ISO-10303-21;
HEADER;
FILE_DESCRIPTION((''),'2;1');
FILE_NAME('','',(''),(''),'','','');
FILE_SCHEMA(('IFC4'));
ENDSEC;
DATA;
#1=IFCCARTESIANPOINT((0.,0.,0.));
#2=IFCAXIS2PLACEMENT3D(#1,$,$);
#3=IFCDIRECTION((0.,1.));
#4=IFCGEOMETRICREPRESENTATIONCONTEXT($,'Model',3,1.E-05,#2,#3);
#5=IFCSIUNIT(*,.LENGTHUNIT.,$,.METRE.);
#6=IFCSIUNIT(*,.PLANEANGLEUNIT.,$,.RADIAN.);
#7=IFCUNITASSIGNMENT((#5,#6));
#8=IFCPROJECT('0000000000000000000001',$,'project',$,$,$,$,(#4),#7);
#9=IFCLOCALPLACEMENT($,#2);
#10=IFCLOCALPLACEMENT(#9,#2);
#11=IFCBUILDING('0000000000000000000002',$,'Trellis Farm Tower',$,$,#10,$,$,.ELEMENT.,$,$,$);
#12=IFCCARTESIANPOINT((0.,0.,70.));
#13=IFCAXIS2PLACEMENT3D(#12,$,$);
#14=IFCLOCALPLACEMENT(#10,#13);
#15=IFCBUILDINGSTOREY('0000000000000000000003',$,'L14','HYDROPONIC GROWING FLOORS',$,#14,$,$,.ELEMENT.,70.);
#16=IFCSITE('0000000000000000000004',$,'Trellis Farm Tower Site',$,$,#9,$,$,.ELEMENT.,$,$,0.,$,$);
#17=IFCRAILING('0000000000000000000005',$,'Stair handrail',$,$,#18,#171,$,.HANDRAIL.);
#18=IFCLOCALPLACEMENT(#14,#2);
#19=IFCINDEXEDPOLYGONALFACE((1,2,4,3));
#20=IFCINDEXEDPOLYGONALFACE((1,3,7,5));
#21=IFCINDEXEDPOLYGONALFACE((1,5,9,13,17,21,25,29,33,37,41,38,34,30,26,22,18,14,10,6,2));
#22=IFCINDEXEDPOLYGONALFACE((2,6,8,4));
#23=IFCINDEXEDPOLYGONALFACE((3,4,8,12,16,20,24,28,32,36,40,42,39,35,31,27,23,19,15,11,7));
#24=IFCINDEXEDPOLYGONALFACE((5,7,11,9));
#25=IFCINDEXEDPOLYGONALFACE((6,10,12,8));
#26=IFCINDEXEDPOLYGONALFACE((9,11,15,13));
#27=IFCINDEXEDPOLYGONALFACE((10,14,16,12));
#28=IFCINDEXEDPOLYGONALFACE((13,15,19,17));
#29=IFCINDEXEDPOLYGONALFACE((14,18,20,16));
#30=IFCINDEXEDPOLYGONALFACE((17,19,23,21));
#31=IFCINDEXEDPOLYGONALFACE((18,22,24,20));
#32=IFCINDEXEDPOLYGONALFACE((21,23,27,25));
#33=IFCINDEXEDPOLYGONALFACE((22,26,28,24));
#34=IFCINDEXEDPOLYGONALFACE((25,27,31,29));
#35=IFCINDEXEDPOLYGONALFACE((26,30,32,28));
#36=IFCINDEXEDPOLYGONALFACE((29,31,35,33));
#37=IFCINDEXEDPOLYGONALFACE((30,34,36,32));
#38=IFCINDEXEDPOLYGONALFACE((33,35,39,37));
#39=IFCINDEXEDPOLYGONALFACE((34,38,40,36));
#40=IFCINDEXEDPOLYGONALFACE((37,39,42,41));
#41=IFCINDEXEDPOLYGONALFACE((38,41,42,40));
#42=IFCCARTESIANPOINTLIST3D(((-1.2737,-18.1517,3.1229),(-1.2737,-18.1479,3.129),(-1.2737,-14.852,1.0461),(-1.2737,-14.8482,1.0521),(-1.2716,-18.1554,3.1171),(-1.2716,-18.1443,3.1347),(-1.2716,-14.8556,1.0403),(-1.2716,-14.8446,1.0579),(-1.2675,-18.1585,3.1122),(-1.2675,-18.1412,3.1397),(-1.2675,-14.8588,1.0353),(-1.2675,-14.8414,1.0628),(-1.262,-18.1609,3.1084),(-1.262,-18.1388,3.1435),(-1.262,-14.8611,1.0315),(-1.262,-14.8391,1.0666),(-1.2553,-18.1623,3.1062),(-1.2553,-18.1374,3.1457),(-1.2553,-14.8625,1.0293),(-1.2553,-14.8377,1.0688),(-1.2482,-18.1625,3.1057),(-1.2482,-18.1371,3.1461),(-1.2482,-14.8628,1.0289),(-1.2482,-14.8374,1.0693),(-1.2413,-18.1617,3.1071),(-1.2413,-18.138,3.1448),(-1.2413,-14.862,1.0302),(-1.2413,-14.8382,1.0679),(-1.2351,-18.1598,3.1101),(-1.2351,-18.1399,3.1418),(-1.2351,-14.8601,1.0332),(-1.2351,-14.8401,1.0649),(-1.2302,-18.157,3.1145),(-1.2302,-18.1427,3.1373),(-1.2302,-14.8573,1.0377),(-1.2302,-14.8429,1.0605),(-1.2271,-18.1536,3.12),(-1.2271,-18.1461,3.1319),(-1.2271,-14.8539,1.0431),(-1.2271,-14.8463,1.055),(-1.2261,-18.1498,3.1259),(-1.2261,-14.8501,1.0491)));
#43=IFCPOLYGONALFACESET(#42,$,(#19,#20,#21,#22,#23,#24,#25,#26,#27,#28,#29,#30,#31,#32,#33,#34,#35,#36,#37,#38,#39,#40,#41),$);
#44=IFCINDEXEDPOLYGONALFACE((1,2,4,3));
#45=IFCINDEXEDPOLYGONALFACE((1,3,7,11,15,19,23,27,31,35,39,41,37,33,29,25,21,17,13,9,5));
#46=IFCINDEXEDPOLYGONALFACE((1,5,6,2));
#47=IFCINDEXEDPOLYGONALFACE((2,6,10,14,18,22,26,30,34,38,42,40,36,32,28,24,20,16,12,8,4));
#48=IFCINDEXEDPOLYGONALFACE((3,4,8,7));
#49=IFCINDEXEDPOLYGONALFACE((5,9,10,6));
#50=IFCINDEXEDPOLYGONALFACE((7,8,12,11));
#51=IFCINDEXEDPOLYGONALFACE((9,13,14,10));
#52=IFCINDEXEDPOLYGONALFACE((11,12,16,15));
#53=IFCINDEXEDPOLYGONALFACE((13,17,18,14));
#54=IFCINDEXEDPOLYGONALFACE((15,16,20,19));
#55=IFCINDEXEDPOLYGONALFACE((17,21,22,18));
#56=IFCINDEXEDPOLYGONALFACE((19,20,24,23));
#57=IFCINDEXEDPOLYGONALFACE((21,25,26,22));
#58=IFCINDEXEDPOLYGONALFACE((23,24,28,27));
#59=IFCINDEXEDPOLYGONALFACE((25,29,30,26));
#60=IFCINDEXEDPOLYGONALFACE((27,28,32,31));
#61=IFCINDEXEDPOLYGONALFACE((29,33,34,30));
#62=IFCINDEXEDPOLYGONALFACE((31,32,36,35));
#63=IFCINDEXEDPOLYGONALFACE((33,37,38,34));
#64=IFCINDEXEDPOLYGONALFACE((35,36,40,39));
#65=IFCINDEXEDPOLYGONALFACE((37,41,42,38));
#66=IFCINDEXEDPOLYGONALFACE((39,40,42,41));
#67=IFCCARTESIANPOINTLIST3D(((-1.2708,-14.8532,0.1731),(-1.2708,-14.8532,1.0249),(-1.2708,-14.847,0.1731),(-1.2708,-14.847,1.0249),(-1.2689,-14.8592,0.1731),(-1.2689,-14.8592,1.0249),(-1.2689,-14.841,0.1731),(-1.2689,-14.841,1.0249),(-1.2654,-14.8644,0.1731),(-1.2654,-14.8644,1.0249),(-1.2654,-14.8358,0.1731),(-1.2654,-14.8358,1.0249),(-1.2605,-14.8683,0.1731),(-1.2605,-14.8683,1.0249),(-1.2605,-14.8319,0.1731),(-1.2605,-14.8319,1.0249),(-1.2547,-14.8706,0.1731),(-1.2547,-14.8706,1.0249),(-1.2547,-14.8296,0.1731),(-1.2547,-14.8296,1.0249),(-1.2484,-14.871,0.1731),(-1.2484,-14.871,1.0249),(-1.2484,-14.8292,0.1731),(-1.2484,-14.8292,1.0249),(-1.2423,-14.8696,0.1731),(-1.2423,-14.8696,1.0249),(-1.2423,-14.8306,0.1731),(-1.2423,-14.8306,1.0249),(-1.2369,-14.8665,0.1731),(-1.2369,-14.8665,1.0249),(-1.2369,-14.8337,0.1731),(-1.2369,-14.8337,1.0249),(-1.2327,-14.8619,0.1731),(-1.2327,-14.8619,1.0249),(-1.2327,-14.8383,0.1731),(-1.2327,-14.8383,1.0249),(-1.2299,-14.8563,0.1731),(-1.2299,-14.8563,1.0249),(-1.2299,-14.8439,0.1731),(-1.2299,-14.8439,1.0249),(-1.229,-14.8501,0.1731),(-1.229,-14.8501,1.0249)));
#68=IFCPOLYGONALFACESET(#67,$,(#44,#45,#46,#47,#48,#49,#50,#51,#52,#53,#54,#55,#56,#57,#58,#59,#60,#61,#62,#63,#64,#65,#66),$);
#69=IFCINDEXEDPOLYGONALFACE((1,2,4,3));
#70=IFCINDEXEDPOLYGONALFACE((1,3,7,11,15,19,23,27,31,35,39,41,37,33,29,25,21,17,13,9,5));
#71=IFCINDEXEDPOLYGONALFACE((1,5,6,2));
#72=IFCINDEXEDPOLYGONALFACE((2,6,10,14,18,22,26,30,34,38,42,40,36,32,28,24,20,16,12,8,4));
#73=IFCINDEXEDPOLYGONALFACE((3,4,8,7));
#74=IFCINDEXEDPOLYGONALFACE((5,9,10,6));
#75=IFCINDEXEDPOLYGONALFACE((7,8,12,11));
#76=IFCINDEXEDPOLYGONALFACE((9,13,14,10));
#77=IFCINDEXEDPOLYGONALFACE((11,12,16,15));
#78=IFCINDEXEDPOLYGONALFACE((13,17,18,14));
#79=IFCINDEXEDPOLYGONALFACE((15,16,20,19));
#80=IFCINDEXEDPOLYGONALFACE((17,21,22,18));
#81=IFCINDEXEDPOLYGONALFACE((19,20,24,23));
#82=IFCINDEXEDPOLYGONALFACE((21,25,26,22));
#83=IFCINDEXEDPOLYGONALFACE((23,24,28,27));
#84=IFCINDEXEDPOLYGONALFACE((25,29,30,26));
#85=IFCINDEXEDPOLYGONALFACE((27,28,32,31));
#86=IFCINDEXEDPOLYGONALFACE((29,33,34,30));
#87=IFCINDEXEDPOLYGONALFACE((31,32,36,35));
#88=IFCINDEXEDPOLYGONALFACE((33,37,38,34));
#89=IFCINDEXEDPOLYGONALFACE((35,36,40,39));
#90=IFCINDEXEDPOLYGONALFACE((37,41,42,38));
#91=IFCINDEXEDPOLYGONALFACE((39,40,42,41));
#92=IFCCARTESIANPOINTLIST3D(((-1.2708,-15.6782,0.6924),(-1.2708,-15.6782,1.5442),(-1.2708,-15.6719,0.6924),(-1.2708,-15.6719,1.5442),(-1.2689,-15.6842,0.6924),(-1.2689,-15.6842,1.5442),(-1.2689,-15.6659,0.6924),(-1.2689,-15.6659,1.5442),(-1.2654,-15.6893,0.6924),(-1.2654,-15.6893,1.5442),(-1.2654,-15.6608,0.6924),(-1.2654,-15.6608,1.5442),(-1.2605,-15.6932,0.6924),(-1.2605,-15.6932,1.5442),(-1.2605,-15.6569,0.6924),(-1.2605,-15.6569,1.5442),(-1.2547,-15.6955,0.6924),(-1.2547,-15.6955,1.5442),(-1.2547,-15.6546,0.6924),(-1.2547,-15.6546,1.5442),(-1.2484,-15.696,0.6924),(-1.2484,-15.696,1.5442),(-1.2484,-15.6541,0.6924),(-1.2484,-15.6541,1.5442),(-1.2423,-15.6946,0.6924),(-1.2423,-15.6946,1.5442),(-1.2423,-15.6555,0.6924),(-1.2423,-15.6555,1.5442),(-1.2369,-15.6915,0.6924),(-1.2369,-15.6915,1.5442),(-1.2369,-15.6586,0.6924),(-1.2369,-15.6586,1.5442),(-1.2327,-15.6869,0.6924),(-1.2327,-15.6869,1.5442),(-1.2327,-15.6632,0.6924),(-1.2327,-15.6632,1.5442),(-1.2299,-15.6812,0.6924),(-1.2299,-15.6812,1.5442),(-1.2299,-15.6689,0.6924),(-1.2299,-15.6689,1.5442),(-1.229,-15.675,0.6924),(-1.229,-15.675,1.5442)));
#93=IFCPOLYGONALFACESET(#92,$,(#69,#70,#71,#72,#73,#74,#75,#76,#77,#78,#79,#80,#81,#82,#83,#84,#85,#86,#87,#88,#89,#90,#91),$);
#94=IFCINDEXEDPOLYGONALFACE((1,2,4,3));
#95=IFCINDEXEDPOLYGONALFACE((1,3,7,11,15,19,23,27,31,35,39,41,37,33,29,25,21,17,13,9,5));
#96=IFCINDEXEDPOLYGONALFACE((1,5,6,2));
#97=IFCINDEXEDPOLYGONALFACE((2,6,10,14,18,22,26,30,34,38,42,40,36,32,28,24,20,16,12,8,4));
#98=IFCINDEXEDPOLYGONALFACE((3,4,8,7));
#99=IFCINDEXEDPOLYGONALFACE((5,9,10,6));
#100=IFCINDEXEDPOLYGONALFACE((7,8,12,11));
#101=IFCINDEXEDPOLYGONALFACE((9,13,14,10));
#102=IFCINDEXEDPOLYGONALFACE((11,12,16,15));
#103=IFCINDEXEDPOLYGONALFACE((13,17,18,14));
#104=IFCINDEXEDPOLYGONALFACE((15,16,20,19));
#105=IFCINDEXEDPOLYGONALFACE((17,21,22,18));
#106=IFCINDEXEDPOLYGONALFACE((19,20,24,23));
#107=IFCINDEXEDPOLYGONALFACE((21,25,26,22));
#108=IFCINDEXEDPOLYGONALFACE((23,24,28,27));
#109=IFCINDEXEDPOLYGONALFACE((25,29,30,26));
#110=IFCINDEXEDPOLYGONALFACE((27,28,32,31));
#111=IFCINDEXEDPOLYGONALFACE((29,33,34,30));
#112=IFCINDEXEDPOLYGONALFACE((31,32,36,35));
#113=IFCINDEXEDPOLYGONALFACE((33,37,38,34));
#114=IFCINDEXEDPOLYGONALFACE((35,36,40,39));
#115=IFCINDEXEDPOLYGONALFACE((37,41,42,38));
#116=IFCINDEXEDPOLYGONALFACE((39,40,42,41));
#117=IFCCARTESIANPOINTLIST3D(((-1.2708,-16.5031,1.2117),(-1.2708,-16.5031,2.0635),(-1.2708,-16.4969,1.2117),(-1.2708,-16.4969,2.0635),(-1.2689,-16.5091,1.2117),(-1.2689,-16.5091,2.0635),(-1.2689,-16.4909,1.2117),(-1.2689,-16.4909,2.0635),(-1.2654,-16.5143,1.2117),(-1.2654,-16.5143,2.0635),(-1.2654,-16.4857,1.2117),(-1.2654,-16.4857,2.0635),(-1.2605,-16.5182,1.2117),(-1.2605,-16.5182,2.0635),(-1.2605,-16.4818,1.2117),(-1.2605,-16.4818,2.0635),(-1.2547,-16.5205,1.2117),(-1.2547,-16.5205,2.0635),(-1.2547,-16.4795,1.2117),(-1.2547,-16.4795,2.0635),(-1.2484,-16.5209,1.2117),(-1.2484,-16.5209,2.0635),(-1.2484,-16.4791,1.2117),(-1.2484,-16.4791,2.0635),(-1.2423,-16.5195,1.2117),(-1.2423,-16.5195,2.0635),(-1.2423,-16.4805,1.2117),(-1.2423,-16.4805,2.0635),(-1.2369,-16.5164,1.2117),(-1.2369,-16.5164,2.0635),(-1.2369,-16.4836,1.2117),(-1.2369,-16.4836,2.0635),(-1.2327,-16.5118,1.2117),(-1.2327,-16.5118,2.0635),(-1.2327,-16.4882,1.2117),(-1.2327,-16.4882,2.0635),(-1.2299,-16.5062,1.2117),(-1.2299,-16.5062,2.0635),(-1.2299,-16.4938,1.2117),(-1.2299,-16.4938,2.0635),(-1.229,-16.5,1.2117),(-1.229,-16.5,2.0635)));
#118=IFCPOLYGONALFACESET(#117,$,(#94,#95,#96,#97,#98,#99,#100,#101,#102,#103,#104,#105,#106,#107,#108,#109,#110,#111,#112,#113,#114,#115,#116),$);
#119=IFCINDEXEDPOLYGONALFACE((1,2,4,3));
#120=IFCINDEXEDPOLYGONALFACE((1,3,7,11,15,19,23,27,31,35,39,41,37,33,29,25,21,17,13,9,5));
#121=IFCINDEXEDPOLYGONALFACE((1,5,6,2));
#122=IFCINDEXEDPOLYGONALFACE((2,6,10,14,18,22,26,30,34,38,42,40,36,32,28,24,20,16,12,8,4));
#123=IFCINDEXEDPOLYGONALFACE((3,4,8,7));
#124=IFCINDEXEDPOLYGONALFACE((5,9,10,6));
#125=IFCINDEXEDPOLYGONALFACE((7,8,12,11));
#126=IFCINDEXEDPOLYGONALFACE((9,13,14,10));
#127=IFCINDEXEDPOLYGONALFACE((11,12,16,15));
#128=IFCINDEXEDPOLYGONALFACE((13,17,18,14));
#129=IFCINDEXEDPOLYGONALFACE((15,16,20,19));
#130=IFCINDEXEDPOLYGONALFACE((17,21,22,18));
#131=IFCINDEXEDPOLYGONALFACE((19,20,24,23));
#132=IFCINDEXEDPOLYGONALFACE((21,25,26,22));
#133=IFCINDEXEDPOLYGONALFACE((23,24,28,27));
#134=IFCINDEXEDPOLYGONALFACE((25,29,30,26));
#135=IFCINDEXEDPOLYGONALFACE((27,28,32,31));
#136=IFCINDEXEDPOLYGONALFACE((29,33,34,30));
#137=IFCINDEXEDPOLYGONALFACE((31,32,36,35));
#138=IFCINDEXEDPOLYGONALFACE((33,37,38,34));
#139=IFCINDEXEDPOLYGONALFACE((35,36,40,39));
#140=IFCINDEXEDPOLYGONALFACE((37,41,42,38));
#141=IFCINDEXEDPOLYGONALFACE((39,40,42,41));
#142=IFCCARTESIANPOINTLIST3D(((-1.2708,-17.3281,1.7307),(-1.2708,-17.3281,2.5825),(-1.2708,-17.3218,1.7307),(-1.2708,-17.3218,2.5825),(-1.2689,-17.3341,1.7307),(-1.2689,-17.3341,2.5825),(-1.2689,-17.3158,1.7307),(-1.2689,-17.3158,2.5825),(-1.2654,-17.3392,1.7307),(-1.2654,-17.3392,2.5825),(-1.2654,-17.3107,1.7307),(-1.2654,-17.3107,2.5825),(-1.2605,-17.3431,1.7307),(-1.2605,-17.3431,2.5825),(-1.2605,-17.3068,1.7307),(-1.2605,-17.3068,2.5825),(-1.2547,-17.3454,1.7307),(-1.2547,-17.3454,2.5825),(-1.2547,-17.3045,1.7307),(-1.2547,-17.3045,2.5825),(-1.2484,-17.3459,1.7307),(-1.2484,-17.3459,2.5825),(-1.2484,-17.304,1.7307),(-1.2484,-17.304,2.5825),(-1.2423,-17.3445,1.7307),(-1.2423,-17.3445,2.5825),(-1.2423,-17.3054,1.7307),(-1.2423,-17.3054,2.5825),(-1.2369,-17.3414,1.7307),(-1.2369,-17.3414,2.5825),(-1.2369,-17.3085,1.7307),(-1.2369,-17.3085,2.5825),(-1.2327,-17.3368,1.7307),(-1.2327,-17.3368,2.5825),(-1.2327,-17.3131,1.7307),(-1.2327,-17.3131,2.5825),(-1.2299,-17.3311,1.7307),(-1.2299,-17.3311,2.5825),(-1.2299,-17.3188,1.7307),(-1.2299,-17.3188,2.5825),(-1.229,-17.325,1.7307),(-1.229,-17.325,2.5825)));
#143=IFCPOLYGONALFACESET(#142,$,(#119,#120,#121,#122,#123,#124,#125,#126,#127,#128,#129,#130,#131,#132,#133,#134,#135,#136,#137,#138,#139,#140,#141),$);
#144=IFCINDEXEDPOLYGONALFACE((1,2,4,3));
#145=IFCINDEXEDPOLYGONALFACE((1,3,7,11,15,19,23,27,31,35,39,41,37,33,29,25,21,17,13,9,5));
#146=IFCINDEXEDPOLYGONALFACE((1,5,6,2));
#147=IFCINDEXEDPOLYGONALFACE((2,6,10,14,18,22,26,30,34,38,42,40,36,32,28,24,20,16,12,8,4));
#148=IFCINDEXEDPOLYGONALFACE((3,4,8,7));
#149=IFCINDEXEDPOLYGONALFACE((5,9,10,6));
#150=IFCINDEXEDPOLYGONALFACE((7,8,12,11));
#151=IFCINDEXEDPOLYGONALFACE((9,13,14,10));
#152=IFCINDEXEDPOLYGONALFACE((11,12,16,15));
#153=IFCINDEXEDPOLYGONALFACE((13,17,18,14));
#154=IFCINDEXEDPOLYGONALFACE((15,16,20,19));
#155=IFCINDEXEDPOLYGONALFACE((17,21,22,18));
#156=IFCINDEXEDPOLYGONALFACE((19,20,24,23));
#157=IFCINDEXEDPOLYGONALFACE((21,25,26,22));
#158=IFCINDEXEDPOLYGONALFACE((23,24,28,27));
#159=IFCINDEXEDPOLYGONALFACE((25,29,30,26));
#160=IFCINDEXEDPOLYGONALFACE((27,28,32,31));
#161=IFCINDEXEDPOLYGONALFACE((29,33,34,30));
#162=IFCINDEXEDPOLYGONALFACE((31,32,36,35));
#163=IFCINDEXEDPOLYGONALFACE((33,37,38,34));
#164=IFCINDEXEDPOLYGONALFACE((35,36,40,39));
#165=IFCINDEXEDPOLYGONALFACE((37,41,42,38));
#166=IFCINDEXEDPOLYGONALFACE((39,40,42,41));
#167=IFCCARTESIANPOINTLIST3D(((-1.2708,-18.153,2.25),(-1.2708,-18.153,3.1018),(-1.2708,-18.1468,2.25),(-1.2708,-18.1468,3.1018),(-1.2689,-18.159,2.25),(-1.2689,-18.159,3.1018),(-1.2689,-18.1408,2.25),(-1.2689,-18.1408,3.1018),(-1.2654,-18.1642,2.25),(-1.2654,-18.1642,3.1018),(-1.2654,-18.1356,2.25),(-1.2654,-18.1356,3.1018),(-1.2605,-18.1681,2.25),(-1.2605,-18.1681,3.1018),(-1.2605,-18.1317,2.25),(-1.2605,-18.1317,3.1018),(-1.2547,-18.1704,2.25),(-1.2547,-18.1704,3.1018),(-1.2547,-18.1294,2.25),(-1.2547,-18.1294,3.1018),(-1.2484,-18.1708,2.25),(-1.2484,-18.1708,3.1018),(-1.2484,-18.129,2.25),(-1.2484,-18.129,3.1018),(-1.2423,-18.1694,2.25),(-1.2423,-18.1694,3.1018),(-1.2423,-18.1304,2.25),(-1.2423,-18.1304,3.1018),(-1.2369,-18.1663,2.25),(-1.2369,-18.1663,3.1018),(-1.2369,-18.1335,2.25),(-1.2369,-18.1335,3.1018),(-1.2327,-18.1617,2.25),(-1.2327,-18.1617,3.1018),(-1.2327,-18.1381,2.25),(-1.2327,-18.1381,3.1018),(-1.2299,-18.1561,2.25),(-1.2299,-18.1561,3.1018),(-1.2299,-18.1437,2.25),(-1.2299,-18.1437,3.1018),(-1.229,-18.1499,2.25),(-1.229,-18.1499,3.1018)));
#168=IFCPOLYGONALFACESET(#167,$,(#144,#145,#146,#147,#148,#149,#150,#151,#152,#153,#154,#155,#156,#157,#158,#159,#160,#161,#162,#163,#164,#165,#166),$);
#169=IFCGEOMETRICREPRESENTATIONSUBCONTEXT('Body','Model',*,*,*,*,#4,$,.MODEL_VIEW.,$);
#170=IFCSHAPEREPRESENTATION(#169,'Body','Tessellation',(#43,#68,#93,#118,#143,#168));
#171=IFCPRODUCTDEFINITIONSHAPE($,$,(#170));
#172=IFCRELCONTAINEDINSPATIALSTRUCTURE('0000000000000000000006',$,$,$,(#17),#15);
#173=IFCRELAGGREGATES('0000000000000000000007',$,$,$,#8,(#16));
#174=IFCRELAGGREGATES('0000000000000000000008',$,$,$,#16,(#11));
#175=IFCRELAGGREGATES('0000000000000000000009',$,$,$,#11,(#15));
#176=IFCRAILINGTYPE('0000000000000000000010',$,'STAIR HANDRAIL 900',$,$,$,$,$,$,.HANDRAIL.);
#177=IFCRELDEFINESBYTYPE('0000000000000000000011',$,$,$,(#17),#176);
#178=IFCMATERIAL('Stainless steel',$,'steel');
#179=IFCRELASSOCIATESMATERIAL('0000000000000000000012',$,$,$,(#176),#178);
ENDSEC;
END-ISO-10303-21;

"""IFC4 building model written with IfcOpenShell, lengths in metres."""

from ifc_helpers import new_model, si_unit, direction, frame, origin, origin_2d, place, context, subcontext, project, spatial, circle, extrude, source, transform, mapped, material, type_object, element, save


model = new_model("IFC4")

# Units and contexts
model_context = context("Model", 3, precision=1e-05, world=origin(), true_north=direction((0.0, 1.0)))
body_context = subcontext(model_context, "Body", "Model", "MODEL_VIEW")
ifc_project = project(units=[si_unit("LENGTHUNIT", "METRE"), si_unit("PLANEANGLEUNIT", "RADIAN")], contexts=[model_context])

# Site, building, storey
site_placement = place(None, origin())
site = spatial("IfcSite", under=ifc_project, at=site_placement, Name="Trellis Farm Tower Site", CompositionType="ELEMENT", RefElevation=0.0)
building_placement = place(site_placement, origin())
building = spatial("IfcBuilding", under=site, at=building_placement, Name="Trellis Farm Tower", CompositionType="ELEMENT")
storey_placement = place(building_placement, frame((0.0, 0.0, 70.0)))
storey = spatial("IfcBuildingStorey", under=building, at=storey_placement, Name="L14", Description="HYDROPONIC GROWING FLOORS", CompositionType="ELEMENT", Elevation=70.0)

# Railing
ifc_material_1 = material(Name="Stainless steel", Category="steel")
railing_type = type_object("IfcRailingType", Name="STAIR HANDRAIL 900", PredefinedType="HANDRAIL", material=ifc_material_1)
shared_shape_1 = source(origin(), body_context, "Body", "SweptSolid", [
    extrude(circle(Radius=0.0239, at=origin_2d()), frame((0.0, 0.0, 0.876), z_axis=(0.0, -0.84632, 0.532675), x_axis=(1.0, 0.0, 0.0)), (0.0, 0.0, 1.0), 3.8989),
    extrude(circle(Radius=0.021, at=origin_2d()), origin(), (0.0, 0.0, 1.0), 0.8518),
    extrude(circle(Radius=0.021, at=origin_2d()), frame((0.0, -0.825, 0.5193)), (0.0, 0.0, 1.0), 0.8518),
    extrude(circle(Radius=0.021, at=origin_2d()), frame((0.0, -1.6499, 1.0386)), (0.0, 0.0, 1.0), 0.8518),
    extrude(circle(Radius=0.021, at=origin_2d()), frame((0.0, -2.4749, 1.5576)), (0.0, 0.0, 1.0), 0.8518),
    extrude(circle(Radius=0.021, at=origin_2d()), frame((0.0, -3.2998, 2.0769)), (0.0, 0.0, 1.0), 0.8518),
])
railing_placement = place(storey_placement, frame((-1.25, -14.8501, 0.1731)))
element("IfcRailing", 1, at=railing_placement, inside=storey, type_object=railing_type, Name="Stair handrail", PredefinedType="HANDRAIL", context=body_context, shape_type="MappedRepresentation", body=[
    mapped(shared_shape_1, transform((0.0, 0.0, 0.0))),
])

save(model, "model.ifc")
